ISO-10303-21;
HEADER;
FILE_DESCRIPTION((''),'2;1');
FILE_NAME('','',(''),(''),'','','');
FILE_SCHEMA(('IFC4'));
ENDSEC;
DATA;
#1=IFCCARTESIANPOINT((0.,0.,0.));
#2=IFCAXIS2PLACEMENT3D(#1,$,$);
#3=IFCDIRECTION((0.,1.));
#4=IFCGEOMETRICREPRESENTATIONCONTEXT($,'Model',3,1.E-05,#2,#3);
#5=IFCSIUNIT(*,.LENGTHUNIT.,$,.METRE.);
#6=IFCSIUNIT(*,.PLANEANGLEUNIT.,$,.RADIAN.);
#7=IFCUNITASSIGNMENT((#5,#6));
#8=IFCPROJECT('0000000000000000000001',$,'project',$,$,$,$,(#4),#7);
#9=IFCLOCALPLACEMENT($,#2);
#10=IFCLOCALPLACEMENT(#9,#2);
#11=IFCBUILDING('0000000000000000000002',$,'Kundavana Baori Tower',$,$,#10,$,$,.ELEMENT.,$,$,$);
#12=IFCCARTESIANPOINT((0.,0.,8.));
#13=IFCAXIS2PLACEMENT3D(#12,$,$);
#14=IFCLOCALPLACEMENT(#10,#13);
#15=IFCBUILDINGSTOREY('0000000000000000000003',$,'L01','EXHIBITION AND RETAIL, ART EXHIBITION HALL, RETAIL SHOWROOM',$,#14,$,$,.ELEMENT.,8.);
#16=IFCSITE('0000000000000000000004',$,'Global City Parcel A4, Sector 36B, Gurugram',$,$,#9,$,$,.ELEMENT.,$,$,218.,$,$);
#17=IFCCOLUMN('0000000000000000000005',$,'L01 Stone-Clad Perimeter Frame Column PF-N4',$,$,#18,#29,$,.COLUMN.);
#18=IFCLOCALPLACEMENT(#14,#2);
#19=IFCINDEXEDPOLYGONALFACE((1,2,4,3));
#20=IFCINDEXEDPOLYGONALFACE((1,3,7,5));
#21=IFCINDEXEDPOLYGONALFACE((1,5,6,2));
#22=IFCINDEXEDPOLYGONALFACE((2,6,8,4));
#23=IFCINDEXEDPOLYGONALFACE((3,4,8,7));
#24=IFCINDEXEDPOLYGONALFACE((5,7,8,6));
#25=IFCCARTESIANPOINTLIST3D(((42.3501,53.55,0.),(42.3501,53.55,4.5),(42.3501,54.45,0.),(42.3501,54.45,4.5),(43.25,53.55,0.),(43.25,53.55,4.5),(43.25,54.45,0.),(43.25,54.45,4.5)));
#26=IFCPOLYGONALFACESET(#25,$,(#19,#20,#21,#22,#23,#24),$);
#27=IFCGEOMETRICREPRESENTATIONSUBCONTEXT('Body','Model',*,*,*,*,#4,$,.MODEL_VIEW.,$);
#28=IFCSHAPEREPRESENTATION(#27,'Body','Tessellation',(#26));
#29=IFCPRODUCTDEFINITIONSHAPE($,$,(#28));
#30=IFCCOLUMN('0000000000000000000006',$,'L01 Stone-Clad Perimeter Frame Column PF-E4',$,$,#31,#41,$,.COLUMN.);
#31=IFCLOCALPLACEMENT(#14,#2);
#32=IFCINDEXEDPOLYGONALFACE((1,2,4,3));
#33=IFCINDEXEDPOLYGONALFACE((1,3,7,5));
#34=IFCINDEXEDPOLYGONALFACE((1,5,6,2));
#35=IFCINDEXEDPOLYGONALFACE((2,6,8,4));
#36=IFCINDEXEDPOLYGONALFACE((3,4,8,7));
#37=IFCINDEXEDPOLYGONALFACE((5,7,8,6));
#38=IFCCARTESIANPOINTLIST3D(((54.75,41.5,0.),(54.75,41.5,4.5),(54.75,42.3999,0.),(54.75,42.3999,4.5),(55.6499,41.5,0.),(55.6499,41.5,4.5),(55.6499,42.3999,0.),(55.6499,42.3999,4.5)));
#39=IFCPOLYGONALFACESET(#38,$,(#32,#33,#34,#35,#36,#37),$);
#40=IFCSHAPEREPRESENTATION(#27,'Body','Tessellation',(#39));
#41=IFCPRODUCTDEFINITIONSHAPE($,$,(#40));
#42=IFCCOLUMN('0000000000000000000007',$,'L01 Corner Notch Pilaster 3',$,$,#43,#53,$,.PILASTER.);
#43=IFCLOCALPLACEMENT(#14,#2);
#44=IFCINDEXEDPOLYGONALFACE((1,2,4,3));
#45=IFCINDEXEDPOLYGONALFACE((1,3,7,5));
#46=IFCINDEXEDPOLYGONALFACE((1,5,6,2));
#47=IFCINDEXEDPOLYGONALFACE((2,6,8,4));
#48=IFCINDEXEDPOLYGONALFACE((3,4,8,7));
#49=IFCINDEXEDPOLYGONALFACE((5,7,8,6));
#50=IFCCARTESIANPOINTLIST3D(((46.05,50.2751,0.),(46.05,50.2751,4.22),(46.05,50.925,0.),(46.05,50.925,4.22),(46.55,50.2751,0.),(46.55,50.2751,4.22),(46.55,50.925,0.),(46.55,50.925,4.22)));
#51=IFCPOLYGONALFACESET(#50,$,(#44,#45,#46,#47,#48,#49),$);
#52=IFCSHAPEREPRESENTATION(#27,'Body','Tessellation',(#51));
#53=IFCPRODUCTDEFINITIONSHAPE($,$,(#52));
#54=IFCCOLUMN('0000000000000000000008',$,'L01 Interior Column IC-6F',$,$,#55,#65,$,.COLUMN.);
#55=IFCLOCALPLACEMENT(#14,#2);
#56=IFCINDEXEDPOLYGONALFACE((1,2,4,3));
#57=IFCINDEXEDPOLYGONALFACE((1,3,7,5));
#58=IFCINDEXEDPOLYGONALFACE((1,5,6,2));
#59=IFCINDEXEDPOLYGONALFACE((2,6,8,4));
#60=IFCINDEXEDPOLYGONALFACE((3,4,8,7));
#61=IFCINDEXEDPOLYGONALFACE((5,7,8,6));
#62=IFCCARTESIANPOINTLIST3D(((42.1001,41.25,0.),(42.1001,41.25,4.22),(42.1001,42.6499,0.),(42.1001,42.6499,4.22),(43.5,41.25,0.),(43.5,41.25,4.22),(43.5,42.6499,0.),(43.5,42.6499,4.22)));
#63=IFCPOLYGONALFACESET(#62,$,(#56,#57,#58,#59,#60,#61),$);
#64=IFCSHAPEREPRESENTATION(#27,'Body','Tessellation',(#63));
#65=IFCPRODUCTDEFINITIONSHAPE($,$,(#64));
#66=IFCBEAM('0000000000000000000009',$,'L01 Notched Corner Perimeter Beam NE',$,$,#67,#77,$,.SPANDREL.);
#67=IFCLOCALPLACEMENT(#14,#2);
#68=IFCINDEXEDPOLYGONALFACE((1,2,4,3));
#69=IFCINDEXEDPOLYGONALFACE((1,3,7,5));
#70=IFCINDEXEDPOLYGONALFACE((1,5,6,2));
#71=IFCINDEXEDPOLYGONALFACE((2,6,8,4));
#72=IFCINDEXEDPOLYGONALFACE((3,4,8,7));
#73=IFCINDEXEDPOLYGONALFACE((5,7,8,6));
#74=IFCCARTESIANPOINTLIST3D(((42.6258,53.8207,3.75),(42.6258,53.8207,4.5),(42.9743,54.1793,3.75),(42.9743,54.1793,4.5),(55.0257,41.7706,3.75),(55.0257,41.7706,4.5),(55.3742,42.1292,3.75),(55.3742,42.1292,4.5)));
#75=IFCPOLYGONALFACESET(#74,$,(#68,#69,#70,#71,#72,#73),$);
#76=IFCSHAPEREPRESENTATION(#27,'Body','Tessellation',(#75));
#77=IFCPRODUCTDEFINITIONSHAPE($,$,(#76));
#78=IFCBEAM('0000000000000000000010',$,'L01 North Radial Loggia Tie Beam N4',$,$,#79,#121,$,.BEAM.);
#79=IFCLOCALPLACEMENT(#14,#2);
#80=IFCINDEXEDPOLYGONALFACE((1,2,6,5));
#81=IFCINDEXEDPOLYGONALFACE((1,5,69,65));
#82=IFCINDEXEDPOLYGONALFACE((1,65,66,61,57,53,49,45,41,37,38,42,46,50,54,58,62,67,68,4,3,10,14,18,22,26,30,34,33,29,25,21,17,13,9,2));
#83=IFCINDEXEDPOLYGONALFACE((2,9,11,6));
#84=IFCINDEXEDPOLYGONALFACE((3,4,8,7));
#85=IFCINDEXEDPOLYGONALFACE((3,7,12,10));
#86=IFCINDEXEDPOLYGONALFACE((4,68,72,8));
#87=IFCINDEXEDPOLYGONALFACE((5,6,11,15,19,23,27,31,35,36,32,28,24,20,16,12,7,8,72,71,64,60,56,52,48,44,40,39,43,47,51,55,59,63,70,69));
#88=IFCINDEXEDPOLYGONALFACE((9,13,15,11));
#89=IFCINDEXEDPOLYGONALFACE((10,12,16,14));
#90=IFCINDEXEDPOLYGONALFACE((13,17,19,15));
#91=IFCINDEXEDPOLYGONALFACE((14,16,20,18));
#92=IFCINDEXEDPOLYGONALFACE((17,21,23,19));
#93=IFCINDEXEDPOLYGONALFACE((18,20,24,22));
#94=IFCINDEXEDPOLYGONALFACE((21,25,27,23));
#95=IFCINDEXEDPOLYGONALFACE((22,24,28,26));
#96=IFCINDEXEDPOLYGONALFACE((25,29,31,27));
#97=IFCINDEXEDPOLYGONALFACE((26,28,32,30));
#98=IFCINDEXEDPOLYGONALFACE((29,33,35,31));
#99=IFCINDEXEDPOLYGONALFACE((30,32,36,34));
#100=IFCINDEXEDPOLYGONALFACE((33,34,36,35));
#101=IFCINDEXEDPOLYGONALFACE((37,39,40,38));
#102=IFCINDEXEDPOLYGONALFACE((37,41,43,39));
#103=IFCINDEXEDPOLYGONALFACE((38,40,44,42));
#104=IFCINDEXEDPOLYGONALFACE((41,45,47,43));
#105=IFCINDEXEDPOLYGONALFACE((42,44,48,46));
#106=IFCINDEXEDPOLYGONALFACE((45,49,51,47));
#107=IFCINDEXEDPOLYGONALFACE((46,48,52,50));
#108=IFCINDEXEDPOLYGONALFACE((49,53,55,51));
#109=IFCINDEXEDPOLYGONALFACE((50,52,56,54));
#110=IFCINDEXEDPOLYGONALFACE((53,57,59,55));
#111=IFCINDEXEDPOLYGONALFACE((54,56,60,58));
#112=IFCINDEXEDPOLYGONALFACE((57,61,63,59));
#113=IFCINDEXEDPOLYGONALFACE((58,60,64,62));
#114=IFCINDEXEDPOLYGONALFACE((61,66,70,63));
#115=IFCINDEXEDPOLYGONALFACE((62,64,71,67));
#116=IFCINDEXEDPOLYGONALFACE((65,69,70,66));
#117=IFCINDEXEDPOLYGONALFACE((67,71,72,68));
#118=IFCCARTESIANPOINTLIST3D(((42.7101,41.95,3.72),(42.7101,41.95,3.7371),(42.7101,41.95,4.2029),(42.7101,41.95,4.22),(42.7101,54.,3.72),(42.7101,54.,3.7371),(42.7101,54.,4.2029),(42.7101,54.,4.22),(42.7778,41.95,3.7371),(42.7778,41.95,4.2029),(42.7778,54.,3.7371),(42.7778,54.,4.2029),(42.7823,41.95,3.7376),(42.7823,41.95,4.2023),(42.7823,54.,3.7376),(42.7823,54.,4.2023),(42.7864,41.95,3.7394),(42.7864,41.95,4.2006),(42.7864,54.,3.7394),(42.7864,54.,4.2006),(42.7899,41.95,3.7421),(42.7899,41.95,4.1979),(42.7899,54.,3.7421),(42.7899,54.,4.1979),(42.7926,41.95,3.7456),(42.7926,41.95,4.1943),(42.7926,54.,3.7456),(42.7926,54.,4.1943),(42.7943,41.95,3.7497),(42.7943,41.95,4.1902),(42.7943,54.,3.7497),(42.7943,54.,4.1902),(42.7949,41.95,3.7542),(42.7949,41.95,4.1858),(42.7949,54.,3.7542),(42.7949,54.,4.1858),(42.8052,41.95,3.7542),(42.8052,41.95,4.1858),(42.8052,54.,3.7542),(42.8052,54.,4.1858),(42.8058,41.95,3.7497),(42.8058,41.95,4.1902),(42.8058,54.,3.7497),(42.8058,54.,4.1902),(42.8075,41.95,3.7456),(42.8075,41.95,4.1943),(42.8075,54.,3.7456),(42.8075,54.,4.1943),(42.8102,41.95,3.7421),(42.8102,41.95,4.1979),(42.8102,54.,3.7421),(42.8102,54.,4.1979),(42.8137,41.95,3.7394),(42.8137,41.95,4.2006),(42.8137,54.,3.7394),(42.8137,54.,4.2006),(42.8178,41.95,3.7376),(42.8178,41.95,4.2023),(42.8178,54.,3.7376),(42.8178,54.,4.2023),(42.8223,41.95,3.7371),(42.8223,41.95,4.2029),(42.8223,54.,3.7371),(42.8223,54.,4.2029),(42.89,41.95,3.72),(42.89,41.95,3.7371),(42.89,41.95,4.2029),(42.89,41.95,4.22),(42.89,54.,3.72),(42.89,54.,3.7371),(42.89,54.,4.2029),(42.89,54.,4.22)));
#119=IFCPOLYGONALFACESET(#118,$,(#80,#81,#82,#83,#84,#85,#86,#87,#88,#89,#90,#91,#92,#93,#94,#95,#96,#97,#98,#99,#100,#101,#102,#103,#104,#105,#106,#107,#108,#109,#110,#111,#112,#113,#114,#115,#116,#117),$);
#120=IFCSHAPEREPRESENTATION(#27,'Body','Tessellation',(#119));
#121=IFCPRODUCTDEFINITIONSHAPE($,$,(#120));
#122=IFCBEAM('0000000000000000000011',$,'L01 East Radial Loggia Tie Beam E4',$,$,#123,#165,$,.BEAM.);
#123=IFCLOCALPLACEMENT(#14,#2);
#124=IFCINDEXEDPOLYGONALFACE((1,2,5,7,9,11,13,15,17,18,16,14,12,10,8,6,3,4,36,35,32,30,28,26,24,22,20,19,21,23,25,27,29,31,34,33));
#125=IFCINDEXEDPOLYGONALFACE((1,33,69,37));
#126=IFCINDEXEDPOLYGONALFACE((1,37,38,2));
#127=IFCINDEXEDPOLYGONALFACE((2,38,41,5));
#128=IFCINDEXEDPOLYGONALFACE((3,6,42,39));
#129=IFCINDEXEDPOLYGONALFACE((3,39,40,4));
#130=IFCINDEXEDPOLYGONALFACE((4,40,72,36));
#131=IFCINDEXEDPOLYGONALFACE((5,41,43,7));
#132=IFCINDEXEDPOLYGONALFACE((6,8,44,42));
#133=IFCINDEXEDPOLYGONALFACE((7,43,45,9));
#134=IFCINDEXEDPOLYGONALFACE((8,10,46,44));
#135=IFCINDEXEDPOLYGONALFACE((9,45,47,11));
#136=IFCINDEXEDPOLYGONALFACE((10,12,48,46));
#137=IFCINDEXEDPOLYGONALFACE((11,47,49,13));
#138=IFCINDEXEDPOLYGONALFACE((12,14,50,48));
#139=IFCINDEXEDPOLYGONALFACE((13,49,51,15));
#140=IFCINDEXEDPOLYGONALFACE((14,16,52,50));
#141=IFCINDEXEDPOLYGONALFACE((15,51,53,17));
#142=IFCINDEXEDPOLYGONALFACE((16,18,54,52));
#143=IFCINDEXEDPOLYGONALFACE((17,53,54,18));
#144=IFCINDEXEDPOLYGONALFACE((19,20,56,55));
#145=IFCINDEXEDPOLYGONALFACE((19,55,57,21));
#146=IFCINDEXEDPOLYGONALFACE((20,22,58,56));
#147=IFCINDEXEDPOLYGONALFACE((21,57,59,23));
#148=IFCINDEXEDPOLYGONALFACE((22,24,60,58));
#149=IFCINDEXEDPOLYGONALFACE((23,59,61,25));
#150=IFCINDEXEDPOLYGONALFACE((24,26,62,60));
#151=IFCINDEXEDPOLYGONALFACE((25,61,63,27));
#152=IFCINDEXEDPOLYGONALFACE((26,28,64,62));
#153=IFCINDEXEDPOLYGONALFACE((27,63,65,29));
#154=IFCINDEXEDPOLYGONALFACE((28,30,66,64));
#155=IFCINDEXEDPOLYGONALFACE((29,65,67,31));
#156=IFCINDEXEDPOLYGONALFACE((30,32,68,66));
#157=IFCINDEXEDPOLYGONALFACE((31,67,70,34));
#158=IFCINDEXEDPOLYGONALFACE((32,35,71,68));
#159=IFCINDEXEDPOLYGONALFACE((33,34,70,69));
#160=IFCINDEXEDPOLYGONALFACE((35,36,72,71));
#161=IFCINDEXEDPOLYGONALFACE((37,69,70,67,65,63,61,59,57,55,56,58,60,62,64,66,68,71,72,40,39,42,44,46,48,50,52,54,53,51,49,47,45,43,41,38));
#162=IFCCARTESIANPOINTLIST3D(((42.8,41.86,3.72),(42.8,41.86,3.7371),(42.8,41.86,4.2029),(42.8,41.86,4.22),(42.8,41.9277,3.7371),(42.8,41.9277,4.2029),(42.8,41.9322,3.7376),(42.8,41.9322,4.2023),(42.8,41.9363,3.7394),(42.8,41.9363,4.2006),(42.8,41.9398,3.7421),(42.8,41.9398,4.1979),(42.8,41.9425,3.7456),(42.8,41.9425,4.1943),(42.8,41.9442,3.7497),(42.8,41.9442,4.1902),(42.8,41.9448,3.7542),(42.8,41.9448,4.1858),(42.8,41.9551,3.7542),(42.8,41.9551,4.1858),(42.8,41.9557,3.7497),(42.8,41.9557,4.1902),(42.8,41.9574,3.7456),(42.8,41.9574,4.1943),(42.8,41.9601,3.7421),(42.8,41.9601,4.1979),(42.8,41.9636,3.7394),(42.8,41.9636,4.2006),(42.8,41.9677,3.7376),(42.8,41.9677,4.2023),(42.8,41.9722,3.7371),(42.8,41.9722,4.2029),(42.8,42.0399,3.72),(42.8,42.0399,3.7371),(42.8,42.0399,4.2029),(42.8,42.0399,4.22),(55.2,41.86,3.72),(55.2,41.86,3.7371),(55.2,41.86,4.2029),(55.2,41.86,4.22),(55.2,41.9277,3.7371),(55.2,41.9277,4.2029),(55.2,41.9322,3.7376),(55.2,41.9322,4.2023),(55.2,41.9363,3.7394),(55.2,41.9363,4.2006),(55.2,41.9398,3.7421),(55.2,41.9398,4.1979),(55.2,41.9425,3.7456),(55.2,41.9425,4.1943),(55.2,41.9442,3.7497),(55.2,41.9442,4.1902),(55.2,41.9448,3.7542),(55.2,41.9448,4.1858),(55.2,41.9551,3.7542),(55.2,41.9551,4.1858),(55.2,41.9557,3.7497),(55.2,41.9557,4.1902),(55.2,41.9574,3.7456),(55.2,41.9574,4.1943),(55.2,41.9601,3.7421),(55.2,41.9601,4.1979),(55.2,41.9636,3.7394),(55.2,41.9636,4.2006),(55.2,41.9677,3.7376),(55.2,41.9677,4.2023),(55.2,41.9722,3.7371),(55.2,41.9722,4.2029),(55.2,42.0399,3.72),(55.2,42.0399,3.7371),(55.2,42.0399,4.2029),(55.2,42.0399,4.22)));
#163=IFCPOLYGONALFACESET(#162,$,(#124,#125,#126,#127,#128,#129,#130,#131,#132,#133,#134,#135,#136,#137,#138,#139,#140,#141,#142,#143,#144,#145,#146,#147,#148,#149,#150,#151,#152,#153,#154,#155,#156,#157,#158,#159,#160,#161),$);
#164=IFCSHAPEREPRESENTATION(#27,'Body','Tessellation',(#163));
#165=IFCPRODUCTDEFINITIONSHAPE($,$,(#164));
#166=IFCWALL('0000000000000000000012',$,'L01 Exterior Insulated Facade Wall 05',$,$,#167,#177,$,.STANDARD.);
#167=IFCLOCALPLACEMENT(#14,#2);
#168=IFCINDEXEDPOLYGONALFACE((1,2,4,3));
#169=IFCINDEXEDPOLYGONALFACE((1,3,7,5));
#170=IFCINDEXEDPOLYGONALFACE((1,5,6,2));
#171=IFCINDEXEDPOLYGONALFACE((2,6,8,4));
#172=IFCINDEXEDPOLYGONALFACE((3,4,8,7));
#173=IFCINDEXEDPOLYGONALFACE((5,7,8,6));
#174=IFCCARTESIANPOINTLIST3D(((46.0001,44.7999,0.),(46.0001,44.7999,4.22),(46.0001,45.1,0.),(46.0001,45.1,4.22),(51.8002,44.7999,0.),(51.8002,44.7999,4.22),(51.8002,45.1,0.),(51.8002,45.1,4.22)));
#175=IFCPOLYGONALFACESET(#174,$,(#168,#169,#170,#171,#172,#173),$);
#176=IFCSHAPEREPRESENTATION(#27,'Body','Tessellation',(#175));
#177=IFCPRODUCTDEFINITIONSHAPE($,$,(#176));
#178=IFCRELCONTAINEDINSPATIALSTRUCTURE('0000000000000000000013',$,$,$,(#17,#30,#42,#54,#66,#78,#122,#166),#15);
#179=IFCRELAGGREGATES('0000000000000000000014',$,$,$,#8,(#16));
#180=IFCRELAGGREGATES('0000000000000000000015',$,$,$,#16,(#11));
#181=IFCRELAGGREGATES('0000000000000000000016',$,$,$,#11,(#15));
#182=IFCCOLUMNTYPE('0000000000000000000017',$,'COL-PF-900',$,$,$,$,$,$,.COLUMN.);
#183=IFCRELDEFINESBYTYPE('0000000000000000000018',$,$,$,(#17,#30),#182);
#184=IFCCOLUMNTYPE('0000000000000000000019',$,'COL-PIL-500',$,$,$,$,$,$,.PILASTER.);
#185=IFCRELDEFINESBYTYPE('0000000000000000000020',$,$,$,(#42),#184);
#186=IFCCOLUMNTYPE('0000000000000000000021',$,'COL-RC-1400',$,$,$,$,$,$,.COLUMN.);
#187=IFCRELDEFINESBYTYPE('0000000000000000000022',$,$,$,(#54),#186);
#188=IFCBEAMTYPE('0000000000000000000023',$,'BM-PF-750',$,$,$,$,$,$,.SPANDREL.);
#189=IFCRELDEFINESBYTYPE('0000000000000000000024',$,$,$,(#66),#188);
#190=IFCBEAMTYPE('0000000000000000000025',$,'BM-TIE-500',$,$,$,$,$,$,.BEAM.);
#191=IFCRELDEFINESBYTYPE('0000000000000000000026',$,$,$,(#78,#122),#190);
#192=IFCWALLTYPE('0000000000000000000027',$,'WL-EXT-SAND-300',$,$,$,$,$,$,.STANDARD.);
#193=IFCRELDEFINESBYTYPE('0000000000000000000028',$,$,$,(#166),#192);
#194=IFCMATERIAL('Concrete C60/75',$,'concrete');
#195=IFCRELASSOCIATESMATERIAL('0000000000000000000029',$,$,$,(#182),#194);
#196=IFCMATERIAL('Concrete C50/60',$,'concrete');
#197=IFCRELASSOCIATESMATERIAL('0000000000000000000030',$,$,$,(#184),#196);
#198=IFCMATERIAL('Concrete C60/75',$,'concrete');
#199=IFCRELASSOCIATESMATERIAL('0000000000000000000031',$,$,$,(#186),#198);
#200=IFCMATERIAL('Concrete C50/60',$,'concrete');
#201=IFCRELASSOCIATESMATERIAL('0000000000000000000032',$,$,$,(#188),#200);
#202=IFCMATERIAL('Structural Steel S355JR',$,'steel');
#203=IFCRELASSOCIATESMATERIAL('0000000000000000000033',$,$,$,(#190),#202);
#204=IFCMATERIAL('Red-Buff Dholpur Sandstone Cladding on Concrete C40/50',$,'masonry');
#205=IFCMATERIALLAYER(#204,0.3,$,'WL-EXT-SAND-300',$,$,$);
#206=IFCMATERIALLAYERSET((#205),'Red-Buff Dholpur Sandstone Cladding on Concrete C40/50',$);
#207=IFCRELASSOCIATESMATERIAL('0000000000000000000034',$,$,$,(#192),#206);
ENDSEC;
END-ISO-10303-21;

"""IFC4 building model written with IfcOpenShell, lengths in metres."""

from ifc_helpers import new_model, si_unit, direction, frame, frame_2d, origin, origin_2d, place, context, subcontext, project, spatial, rectangle, i_section, extrude, material, layer, layer_set, material_profile, profile_set, type_object, element, save


model = new_model("IFC4")

# Units and contexts
model_context = context("Model", 3, precision=1e-05, world=origin(), true_north=direction((0.0, 1.0)))
body_context = subcontext(model_context, "Body", "Model", "MODEL_VIEW")
ifc_project = project(units=[si_unit("LENGTHUNIT", "METRE"), si_unit("PLANEANGLEUNIT", "RADIAN")], contexts=[model_context])

# Site, building, storey
site_placement = place(None, origin())
site = spatial("IfcSite", under=ifc_project, at=site_placement, Name="Global City Parcel A4, Sector 36B, Gurugram", CompositionType="ELEMENT", RefElevation=218.0)
building_placement = place(site_placement, origin())
building = spatial("IfcBuilding", under=site, at=building_placement, Name="Kundavana Baori Tower", CompositionType="ELEMENT")
storey_placement = place(building_placement, frame((0.0, 0.0, 8.0)))
storey = spatial("IfcBuildingStorey", under=building, at=storey_placement, Name="L01", Description="EXHIBITION AND RETAIL, ART EXHIBITION HALL, RETAIL SHOWROOM", CompositionType="ELEMENT", Elevation=8.0)

# Columns
ifc_material_1 = material(Name="Concrete C60/75", Category="concrete")
ifc_material_profile_1 = material_profile(ifc_material_1, rectangle(XDim=0.8999, YDim=0.8999, at=origin_2d()), Name="RC PF 900x900")
ifc_profile_set_1 = profile_set([ifc_material_profile_1], Name="Concrete C60/75")
column_type_1 = type_object("IfcColumnType", Name="COL-PF-900", PredefinedType="COLUMN", material=ifc_profile_set_1)
for number, where, z_axis, x_axis, name in (
    (1, (42.8, 54.0, 0.0), (0.0, 0.0, 1.0), (1.0, 0.0, 0.0), "L01 Stone-Clad Perimeter Frame Column PF-N4"),
    (2, (55.2, 41.95, 0.0), (0.0, 0.0, 1.0), (1.0, 0.0, 0.0), "L01 Stone-Clad Perimeter Frame Column PF-E4"),
):
    element("IfcColumn", number, at=place(storey_placement, frame(where, z_axis=z_axis, x_axis=x_axis)), inside=storey, type_object=column_type_1, Name=name, PredefinedType="COLUMN", context=body_context, shape_type="SweptSolid", body=[
        extrude(rectangle(XDim=0.8999, YDim=0.8999, at=origin_2d()), origin(), (0.0, 0.0, 1.0), 4.5),
    ])
ifc_material_2 = material(Name="Concrete C50/60", Category="concrete")
ifc_material_profile_2 = material_profile(ifc_material_2, rectangle(XDim=0.5, YDim=0.6499, at=origin_2d()), Name="RC PIL 500x650")
ifc_profile_set_2 = profile_set([ifc_material_profile_2], Name="Concrete C50/60")
column_type_2 = type_object("IfcColumnType", Name="COL-PIL-500", PredefinedType="PILASTER", material=ifc_profile_set_2)
column_1_placement = place(storey_placement, frame((46.3, 50.6001, 0.0), z_axis=(0.0, 0.0, 1.0), x_axis=(1.0, 0.0, 0.0)))
element("IfcColumn", 3, at=column_1_placement, inside=storey, type_object=column_type_2, Name="L01 Corner Notch Pilaster 3", PredefinedType="PILASTER", context=body_context, shape_type="SweptSolid", body=[
    extrude(rectangle(XDim=0.5, YDim=0.6499, at=origin_2d()), origin(), (0.0, 0.0, 1.0), 4.22),
])
ifc_material_3 = material(Name="Concrete C60/75", Category="concrete")
ifc_material_profile_3 = material_profile(ifc_material_3, rectangle(XDim=1.3999, YDim=1.3999, at=origin_2d()), Name="RC 1400x1400")
ifc_profile_set_3 = profile_set([ifc_material_profile_3], Name="Concrete C60/75")
column_type_3 = type_object("IfcColumnType", Name="COL-RC-1400", PredefinedType="COLUMN", material=ifc_profile_set_3)
column_2_placement = place(storey_placement, frame((42.8, 41.95, 0.0), z_axis=(0.0, 0.0, 1.0), x_axis=(1.0, 0.0, 0.0)))
element("IfcColumn", 4, at=column_2_placement, inside=storey, type_object=column_type_3, Name="L01 Interior Column IC-6F", PredefinedType="COLUMN", context=body_context, shape_type="SweptSolid", body=[
    extrude(rectangle(XDim=1.3999, YDim=1.3999, at=origin_2d()), origin(), (0.0, 0.0, 1.0), 4.22),
])

# Beams
ifc_material_4 = material(Name="Concrete C50/60", Category="concrete")
ifc_material_profile_4 = material_profile(ifc_material_4, rectangle(XDim=0.5, YDim=0.75, at=origin_2d()), Name="RC BM 500x750")
ifc_profile_set_4 = profile_set([ifc_material_profile_4], Name="Concrete C50/60")
beam_type_1 = type_object("IfcBeamType", Name="BM-PF-750", PredefinedType="SPANDREL", material=ifc_profile_set_4)
beam_1_placement = place(storey_placement, frame((42.8, 54.0, 4.125), z_axis=(0.717151, -0.696917, 0.0), x_axis=(0.696917, 0.717151, 0.0)))
element("IfcBeam", 5, at=beam_1_placement, inside=storey, type_object=beam_type_1, Name="L01 Notched Corner Perimeter Beam NE", PredefinedType="SPANDREL", context=body_context, shape_type="SweptSolid", body=[
    extrude(rectangle(XDim=0.5, YDim=0.75, at=origin_2d()), origin(), (0.0, 0.0, 1.0), 17.2905),
])
ifc_material_5 = material(Name="Structural Steel S355JR", Category="steel")
ifc_material_profile_5 = material_profile(ifc_material_5, i_section(OverallWidth=0.1799, OverallDepth=0.5, WebThickness=0.0103, FlangeThickness=0.0171, FilletRadius=0.0171, at=origin_2d()), Name="ISMB 500")
ifc_profile_set_5 = profile_set([ifc_material_profile_5], Name="Structural Steel S355JR")
beam_type_2 = type_object("IfcBeamType", Name="BM-TIE-500", PredefinedType="BEAM", material=ifc_profile_set_5)
beam_2_placement = place(storey_placement, frame((42.8, 41.95, 3.97), z_axis=(0.0, 1.0, 0.0), x_axis=(-1.0, 0.0, 0.0)))
element("IfcBeam", 6, at=beam_2_placement, inside=storey, type_object=beam_type_2, Name="L01 North Radial Loggia Tie Beam N4", PredefinedType="BEAM", context=body_context, shape_type="SweptSolid", body=[
    extrude(i_section(OverallWidth=0.1799, OverallDepth=0.5, WebThickness=0.0103, FlangeThickness=0.0171, FilletRadius=0.0171, at=origin_2d()), origin(), (0.0, 0.0, 1.0), 12.05),
])
beam_3_placement = place(storey_placement, frame((42.8, 41.95, 3.97), z_axis=(1.0, 0.0, 0.0), x_axis=(0.0, 1.0, 0.0)))
element("IfcBeam", 7, at=beam_3_placement, inside=storey, type_object=beam_type_2, Name="L01 East Radial Loggia Tie Beam E4", PredefinedType="BEAM", context=body_context, shape_type="SweptSolid", body=[
    extrude(i_section(OverallWidth=0.1799, OverallDepth=0.5, WebThickness=0.0103, FlangeThickness=0.0171, FilletRadius=0.0171, at=origin_2d()), origin(), (0.0, 0.0, 1.0), 12.3999),
])

# Wall
ifc_material_6 = material(Name="Red-Buff Dholpur Sandstone Cladding on Concrete C40/50", Category="masonry")
ifc_layer_1 = layer(ifc_material_6, 0.3, Name="WL-EXT-SAND-300")
ifc_layer_set_1 = layer_set([ifc_layer_1], Name="Red-Buff Dholpur Sandstone Cladding on Concrete C40/50")
wall_type_1 = type_object("IfcWallType", Name="WL-EXT-SAND-300", PredefinedType="STANDARD", material=ifc_layer_set_1)
wall_1_placement = place(storey_placement, frame((51.8, 44.95, 0.0), z_axis=(0.0, 0.0, 1.0), x_axis=(-1.0, 0.0, 0.0)))
element("IfcWall", 8, at=wall_1_placement, inside=storey, type_object=wall_type_1, Name="L01 Exterior Insulated Facade Wall 05", PredefinedType="STANDARD", context=body_context, shape_type="SweptSolid", body=[
    extrude(rectangle(XDim=5.8, YDim=0.3, at=frame_2d((2.8999, 0.0))), origin(), (0.0, 0.0, 1.0), 4.22),
])

save(model, "model.ifc")
